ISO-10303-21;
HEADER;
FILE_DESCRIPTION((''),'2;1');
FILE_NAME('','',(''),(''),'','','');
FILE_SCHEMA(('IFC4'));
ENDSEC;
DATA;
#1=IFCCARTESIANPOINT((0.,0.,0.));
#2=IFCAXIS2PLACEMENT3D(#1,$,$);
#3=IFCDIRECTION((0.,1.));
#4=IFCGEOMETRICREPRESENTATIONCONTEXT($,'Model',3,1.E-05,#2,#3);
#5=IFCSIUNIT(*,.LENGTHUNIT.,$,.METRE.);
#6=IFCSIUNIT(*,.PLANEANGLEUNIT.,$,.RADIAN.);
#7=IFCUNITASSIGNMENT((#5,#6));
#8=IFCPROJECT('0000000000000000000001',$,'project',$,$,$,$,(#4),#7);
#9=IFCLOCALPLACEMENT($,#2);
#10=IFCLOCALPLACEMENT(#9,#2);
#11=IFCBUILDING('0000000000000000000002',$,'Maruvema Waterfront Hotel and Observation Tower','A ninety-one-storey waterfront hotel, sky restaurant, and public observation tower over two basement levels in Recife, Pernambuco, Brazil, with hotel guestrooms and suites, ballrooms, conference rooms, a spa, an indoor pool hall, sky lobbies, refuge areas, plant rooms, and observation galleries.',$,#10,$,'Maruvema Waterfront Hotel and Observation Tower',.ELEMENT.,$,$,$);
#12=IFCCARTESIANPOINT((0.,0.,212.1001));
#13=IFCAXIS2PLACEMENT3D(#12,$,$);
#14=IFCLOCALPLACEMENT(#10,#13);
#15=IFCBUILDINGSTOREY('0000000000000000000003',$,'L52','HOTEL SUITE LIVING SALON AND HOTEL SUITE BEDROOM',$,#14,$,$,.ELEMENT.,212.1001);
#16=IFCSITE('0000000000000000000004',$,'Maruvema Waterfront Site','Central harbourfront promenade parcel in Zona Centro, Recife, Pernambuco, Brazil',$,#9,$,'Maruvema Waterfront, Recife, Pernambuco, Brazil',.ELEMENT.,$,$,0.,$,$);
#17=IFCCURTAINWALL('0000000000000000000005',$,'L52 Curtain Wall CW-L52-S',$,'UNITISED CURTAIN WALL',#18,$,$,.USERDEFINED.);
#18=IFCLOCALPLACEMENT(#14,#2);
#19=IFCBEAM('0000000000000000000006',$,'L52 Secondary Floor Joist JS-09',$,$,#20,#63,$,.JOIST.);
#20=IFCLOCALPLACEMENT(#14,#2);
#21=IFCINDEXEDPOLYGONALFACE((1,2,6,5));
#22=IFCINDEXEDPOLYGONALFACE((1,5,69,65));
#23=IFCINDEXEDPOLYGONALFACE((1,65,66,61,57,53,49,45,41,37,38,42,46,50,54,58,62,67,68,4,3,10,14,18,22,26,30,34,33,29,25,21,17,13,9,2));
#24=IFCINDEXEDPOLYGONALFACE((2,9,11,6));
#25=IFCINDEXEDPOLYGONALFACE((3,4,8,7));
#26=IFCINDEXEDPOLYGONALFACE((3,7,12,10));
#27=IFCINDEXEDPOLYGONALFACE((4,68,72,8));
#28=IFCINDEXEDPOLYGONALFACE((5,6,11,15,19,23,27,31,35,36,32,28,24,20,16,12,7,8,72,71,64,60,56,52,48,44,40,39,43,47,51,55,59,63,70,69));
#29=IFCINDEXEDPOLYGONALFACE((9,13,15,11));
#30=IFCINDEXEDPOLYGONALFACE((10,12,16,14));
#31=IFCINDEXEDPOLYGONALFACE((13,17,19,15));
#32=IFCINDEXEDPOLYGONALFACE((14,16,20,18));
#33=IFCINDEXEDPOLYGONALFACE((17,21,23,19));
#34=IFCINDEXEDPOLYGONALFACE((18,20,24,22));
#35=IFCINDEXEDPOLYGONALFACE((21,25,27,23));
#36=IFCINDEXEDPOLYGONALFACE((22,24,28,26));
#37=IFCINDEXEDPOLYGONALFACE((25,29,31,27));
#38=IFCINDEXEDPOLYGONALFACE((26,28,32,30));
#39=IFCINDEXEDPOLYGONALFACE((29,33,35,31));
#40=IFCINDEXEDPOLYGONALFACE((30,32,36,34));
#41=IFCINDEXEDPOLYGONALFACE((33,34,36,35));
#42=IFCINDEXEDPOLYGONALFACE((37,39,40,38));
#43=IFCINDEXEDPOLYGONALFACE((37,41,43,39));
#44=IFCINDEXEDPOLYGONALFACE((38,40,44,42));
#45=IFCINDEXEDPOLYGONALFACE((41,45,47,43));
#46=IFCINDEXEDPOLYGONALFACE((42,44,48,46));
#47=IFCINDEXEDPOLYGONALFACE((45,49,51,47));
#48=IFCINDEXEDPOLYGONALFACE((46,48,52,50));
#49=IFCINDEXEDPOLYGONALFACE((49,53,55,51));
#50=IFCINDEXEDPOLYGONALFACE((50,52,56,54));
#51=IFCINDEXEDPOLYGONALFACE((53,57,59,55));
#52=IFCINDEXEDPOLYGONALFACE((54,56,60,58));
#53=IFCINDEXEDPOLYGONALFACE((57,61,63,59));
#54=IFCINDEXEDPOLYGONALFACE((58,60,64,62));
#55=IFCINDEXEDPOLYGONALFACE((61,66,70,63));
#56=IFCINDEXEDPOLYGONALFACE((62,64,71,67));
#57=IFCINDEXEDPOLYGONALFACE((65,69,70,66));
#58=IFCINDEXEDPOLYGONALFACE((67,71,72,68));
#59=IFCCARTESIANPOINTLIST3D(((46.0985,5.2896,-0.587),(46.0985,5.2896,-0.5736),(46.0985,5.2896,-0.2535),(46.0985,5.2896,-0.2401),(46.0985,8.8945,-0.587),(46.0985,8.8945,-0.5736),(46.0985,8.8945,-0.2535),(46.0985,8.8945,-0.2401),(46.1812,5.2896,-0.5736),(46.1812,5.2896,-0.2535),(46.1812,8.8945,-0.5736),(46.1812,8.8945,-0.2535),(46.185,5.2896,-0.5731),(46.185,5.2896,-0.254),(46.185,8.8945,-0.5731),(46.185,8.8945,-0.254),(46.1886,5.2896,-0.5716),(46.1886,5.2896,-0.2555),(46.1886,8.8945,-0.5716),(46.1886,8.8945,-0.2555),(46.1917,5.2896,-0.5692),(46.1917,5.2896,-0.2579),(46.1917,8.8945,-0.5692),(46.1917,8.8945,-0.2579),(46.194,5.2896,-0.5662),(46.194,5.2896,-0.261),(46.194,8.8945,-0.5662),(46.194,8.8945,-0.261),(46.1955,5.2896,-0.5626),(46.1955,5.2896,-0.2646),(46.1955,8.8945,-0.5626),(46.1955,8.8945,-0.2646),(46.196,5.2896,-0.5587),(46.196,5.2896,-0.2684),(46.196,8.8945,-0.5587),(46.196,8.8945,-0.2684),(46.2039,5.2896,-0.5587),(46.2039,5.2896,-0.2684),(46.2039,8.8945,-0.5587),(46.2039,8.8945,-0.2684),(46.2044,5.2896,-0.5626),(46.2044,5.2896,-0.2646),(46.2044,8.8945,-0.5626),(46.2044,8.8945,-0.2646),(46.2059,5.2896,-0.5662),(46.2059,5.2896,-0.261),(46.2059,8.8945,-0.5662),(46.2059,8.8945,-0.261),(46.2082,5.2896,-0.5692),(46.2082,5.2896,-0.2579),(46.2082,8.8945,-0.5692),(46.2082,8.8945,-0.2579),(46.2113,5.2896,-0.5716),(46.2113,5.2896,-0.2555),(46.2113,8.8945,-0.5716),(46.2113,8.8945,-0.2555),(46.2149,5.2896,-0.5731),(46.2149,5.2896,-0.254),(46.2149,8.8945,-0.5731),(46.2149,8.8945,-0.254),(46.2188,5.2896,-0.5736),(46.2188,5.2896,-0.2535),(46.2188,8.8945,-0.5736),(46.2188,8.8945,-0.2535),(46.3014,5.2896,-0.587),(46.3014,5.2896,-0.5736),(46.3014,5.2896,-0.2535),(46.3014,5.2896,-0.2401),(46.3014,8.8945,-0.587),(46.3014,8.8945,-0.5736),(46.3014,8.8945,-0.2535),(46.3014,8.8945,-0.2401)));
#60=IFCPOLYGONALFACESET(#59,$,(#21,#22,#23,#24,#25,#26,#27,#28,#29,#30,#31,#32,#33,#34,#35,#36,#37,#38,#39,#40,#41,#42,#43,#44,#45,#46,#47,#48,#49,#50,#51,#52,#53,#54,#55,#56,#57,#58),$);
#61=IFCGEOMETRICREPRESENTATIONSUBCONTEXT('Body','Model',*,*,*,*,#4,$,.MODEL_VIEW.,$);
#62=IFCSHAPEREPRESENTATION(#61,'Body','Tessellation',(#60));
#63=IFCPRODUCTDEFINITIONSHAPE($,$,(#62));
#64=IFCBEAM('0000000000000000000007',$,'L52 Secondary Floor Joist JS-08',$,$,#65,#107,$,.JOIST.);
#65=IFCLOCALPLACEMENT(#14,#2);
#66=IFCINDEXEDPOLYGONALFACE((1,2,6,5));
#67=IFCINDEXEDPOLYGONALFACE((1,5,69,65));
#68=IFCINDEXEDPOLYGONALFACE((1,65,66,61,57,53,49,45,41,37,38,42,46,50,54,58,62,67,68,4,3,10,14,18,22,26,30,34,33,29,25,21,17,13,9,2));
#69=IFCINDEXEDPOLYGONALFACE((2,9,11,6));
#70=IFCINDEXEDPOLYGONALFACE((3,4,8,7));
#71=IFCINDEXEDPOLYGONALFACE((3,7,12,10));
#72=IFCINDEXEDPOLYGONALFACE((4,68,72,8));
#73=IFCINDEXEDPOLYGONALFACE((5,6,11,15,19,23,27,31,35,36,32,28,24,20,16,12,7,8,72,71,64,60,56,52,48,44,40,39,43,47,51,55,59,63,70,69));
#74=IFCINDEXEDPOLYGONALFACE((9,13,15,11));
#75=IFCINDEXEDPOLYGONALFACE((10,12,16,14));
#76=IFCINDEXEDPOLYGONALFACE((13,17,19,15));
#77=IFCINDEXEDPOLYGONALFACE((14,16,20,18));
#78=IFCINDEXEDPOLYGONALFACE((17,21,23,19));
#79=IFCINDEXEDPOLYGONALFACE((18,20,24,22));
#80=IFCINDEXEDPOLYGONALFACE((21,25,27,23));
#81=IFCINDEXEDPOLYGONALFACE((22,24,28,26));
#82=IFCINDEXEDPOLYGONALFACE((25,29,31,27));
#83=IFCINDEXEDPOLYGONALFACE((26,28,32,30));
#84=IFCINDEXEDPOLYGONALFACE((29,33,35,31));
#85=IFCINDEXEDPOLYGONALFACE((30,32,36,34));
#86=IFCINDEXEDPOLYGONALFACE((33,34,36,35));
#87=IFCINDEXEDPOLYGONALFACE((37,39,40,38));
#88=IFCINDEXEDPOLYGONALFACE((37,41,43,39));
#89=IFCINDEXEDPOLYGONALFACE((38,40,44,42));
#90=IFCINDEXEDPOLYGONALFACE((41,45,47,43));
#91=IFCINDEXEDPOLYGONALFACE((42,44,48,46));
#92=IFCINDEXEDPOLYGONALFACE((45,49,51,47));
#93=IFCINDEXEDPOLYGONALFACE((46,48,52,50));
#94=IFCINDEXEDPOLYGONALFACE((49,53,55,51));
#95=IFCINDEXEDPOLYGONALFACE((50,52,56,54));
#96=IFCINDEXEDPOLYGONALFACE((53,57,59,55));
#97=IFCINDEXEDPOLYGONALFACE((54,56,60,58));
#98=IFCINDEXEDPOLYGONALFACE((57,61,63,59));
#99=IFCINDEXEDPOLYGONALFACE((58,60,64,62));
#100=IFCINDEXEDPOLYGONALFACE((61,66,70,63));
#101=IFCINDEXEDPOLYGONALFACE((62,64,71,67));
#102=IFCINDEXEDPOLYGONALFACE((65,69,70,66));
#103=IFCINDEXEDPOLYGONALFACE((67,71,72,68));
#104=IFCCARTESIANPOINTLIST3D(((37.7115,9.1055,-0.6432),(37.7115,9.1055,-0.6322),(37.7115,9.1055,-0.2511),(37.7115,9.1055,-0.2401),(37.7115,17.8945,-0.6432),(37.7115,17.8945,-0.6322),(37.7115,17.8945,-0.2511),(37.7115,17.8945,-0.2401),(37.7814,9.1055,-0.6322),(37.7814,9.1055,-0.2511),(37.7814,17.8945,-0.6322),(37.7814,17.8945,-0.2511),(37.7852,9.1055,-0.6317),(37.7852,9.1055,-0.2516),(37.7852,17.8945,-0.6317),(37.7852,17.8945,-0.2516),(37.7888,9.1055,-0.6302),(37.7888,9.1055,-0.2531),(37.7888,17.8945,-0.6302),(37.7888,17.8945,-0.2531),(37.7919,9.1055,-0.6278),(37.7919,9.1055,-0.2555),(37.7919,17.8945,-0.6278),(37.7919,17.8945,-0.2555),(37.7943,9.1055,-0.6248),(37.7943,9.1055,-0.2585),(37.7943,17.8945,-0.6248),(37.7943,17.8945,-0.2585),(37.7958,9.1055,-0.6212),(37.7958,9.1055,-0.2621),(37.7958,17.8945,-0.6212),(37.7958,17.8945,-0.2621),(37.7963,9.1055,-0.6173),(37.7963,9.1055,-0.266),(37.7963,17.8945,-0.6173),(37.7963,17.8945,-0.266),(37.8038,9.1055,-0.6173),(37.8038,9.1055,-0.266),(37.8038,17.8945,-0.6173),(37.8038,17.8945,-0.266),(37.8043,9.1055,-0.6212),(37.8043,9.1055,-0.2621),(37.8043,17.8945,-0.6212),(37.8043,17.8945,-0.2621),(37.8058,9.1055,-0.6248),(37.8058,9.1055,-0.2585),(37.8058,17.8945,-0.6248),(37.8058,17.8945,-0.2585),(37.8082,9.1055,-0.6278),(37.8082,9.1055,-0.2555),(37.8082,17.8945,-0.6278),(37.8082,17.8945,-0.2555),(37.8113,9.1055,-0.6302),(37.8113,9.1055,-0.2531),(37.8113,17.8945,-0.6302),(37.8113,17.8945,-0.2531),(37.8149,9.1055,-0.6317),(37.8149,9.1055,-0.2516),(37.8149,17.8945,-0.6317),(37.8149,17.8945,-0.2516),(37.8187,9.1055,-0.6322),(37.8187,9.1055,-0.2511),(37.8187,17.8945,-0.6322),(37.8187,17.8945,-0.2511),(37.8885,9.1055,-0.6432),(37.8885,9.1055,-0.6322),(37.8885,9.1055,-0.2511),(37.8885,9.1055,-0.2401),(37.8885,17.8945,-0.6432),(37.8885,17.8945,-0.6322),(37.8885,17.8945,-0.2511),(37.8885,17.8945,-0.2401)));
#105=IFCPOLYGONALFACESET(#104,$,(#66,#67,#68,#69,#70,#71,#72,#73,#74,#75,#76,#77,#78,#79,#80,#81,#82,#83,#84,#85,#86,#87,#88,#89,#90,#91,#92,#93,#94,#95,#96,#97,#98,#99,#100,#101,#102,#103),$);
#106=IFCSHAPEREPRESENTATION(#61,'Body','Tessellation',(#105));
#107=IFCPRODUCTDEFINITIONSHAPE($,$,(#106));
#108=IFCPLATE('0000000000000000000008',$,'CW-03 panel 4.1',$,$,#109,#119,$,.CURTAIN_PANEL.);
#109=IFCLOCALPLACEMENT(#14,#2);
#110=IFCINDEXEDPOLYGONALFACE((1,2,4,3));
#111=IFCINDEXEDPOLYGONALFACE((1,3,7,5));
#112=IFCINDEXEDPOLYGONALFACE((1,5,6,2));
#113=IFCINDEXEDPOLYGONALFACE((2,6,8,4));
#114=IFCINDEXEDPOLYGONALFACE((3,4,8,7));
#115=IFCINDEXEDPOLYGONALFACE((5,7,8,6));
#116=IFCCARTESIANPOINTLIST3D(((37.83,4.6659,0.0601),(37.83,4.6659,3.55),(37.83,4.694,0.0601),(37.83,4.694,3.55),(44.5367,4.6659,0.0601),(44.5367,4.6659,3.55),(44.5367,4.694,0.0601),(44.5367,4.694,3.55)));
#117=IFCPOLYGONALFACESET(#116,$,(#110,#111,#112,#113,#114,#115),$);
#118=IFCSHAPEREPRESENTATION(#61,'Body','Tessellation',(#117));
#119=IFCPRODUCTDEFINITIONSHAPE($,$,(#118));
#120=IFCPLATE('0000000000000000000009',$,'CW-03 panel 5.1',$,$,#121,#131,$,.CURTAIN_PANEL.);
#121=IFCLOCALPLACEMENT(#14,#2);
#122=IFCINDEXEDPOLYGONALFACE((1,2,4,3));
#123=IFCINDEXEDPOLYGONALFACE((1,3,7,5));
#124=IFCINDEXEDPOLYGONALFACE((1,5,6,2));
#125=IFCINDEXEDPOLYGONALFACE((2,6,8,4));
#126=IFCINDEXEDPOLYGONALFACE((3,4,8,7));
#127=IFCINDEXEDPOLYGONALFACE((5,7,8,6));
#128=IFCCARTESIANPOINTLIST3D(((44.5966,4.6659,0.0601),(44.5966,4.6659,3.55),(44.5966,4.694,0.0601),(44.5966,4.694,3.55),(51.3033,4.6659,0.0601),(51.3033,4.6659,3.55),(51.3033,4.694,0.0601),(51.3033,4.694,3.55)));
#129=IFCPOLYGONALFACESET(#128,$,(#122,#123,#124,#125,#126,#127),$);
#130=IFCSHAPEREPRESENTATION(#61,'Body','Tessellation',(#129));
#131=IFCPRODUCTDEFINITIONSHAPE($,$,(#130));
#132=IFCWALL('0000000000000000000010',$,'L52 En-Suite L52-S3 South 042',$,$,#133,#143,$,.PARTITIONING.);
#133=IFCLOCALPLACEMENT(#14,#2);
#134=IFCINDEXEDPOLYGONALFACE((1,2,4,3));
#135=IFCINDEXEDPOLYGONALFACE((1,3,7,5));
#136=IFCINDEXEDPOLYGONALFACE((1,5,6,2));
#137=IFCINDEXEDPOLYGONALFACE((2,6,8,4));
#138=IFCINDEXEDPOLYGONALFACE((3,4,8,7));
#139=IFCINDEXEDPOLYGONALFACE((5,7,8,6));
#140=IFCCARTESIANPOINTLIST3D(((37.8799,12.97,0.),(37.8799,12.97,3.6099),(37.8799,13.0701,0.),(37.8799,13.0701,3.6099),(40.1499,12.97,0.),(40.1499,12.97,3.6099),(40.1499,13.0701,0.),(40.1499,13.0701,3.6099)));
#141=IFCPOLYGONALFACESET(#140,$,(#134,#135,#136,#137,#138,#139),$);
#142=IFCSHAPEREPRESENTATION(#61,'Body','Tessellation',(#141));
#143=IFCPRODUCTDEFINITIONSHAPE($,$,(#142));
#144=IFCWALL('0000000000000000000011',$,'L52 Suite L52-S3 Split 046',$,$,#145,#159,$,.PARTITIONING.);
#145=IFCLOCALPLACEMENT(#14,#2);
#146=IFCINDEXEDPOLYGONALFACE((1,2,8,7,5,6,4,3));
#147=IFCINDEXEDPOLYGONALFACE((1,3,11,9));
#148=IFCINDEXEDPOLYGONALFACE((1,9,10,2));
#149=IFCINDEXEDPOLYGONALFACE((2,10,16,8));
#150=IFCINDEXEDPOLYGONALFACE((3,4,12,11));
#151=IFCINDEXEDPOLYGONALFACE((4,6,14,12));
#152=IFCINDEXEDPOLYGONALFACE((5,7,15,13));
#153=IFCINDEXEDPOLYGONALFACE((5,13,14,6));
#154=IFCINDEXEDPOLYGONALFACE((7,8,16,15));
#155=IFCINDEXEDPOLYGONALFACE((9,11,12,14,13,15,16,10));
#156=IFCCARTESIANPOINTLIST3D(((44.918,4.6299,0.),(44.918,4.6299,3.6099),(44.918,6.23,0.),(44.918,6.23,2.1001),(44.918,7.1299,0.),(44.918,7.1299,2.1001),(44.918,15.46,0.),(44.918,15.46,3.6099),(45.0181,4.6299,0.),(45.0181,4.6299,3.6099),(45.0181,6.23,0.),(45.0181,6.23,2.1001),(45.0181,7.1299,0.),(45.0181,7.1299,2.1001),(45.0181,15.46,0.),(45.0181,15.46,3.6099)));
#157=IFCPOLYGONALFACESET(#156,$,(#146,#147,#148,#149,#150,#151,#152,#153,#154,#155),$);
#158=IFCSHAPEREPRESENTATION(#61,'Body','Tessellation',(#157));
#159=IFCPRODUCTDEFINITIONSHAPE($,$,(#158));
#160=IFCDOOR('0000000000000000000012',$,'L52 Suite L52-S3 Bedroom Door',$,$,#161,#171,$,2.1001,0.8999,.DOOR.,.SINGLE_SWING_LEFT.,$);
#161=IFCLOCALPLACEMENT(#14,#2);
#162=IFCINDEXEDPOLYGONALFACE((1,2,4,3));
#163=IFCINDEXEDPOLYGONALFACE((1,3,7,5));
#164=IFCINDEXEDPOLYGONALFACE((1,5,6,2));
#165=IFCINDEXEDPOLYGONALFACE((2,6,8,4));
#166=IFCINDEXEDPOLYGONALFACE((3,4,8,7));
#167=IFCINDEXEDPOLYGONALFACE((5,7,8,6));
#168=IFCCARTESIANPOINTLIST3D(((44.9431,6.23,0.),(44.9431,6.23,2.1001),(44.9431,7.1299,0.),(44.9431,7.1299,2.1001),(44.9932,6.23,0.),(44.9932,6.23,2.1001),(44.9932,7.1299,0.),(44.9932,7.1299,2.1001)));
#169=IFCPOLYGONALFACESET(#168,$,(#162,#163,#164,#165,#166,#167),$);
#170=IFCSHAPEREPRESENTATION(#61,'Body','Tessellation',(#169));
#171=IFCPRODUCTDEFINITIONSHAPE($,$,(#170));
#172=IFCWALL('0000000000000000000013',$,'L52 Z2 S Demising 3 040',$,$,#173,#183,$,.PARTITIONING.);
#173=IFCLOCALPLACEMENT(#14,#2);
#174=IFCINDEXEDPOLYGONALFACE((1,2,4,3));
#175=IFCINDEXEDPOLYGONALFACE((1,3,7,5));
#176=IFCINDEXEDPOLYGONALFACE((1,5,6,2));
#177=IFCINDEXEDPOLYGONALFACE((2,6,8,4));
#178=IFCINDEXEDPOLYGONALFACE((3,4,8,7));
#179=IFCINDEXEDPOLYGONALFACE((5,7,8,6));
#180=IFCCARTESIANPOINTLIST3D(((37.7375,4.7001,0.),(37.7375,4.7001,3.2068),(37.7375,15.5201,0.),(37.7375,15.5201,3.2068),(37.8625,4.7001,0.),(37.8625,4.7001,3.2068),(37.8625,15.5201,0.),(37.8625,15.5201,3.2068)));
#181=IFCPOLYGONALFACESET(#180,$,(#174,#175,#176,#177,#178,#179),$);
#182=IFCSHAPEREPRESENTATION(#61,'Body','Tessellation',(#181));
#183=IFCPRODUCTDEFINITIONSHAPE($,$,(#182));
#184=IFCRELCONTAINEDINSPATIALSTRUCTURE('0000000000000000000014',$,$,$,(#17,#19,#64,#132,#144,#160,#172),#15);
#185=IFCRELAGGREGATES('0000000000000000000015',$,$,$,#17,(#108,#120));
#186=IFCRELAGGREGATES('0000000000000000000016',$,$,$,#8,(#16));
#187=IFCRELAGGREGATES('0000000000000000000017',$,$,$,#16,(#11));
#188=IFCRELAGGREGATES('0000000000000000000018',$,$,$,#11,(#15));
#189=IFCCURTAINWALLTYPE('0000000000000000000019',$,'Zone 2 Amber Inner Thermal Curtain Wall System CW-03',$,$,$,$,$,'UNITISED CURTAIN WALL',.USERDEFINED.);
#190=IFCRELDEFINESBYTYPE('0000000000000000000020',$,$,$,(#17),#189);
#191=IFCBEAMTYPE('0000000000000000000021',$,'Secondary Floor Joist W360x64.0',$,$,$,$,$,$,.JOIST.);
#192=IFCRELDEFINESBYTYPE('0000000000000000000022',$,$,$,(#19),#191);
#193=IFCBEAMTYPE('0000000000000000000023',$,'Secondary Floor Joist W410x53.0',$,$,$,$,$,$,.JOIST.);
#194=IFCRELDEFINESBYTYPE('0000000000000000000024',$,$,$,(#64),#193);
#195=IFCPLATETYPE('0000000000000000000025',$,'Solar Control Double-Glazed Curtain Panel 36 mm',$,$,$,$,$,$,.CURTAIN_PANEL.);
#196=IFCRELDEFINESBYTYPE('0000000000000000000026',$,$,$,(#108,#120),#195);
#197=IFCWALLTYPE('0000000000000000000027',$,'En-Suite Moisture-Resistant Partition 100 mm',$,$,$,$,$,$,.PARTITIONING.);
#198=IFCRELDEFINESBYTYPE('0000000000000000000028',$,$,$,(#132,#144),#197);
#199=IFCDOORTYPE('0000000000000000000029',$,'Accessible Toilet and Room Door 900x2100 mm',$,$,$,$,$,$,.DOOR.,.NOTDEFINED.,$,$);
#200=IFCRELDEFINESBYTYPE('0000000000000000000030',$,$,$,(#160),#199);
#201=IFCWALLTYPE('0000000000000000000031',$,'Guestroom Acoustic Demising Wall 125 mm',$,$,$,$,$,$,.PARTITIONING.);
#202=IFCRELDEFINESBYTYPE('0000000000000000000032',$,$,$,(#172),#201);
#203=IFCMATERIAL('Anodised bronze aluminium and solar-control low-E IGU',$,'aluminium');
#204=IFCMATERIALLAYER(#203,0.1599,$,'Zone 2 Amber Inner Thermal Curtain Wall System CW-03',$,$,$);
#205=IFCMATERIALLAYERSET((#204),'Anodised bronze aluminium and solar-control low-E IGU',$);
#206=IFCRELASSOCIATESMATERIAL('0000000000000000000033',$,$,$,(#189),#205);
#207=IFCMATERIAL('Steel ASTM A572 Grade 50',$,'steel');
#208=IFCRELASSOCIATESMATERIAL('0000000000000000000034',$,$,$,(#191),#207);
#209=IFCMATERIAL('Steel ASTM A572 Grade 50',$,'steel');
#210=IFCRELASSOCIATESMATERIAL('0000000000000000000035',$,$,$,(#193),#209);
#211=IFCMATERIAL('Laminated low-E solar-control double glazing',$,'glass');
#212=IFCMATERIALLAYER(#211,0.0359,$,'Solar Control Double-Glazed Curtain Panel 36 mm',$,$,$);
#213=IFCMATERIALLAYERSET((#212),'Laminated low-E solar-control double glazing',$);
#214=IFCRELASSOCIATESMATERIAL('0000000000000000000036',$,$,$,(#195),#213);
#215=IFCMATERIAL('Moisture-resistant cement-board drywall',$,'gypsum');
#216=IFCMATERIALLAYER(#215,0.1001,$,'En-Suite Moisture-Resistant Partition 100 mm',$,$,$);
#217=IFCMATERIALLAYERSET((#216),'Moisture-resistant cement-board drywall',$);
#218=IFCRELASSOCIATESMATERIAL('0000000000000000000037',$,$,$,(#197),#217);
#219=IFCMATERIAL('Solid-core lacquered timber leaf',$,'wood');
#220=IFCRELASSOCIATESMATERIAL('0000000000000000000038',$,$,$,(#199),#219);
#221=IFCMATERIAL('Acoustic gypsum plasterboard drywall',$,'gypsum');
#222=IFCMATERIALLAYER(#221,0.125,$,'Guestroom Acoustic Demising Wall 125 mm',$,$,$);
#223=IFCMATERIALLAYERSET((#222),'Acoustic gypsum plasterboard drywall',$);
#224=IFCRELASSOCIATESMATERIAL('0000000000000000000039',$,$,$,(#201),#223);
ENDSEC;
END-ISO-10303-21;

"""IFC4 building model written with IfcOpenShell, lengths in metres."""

from ifc_helpers import new_model, si_unit, direction, frame, frame_2d, origin, origin_2d, place, context, subcontext, project, spatial, rectangle, i_section, extrude, material, layer, layer_set, material_profile, profile_set, type_object, element, fill, aggregate, save


model = new_model("IFC4")

# Units and contexts
model_context = context("Model", 3, precision=1e-05, world=origin(), true_north=direction((0.0, 1.0)))
body_context = subcontext(model_context, "Body", "Model", "MODEL_VIEW")
ifc_project = project(units=[si_unit("LENGTHUNIT", "METRE"), si_unit("PLANEANGLEUNIT", "RADIAN")], contexts=[model_context])

# Site, building, storey
site_placement = place(None, origin())
site = spatial("IfcSite", under=ifc_project, at=site_placement, Name="Maruvema Waterfront Site", Description="Central harbourfront promenade parcel in Zona Centro, Recife, Pernambuco, Brazil", LongName="Maruvema Waterfront, Recife, Pernambuco, Brazil", CompositionType="ELEMENT", RefElevation=0.0)
building_placement = place(site_placement, origin())
building = spatial("IfcBuilding", under=site, at=building_placement, Name="Maruvema Waterfront Hotel and Observation Tower", Description="A ninety-one-storey waterfront hotel, sky restaurant, and public observation tower over two basement levels in Recife, Pernambuco, Brazil, with hotel guestrooms and suites, ballrooms, conference rooms, a spa, an indoor pool hall, sky lobbies, refuge areas, plant rooms, and observation galleries.", LongName="Maruvema Waterfront Hotel and Observation Tower", CompositionType="ELEMENT")
storey_placement = place(building_placement, frame((0.0, 0.0, 212.1001)))
storey = spatial("IfcBuildingStorey", under=building, at=storey_placement, Name="L52", Description="HOTEL SUITE LIVING SALON AND HOTEL SUITE BEDROOM", CompositionType="ELEMENT", Elevation=212.1001)

# Curtain wall
ifc_material_1 = material(Name="Anodised bronze aluminium and solar-control low-E IGU", Category="aluminium")
ifc_layer_1 = layer(ifc_material_1, 0.1599, Name="Zone 2 Amber Inner Thermal Curtain Wall System CW-03")
ifc_layer_set_1 = layer_set([ifc_layer_1], Name="Anodised bronze aluminium and solar-control low-E IGU")
curtain_wall_type = type_object("IfcCurtainWallType", Name="Zone 2 Amber Inner Thermal Curtain Wall System CW-03", ElementType="UNITISED CURTAIN WALL", PredefinedType="USERDEFINED", material=ifc_layer_set_1)
curtain_wall_placement = place(storey_placement, origin())
curtain_wall = element("IfcCurtainWall", 1, at=curtain_wall_placement, inside=storey, type_object=curtain_wall_type, Name="L52 Curtain Wall CW-L52-S", ObjectType="UNITISED CURTAIN WALL", PredefinedType="USERDEFINED")

# Beams
ifc_material_2 = material(Name="Steel ASTM A572 Grade 50", Category="steel")
ifc_material_profile_1 = material_profile(ifc_material_2, i_section(OverallWidth=0.2029, OverallDepth=0.3469, WebThickness=0.0078, FlangeThickness=0.0134, FilletRadius=0.0149, at=origin_2d()), Name="W360x64.0")
ifc_profile_set_1 = profile_set([ifc_material_profile_1], Name="Steel ASTM A572 Grade 50")
beam_type_1 = type_object("IfcBeamType", Name="Secondary Floor Joist W360x64.0", PredefinedType="JOIST", material=ifc_profile_set_1)
beam_1_placement = place(storey_placement, frame((46.2, 5.2896, -0.4136), z_axis=(0.0, 1.0, 0.0), x_axis=(-1.0, 0.0, 0.0)))
element("IfcBeam", 2, at=beam_1_placement, inside=storey, type_object=beam_type_1, Name="L52 Secondary Floor Joist JS-09", PredefinedType="JOIST", context=body_context, shape_type="SweptSolid", body=[
    extrude(i_section(OverallWidth=0.2029, OverallDepth=0.3469, WebThickness=0.0078, FlangeThickness=0.0134, FilletRadius=0.0149, at=origin_2d()), origin(), (0.0, 0.0, 1.0), 3.605),
])
ifc_material_3 = material(Name="Steel ASTM A572 Grade 50", Category="steel")
ifc_material_profile_2 = material_profile(ifc_material_3, i_section(OverallWidth=0.177, OverallDepth=0.4031, WebThickness=0.0076, FlangeThickness=0.011, FilletRadius=0.0149, at=origin_2d()), Name="W410x53.0")
ifc_profile_set_2 = profile_set([ifc_material_profile_2], Name="Steel ASTM A572 Grade 50")
beam_type_2 = type_object("IfcBeamType", Name="Secondary Floor Joist W410x53.0", PredefinedType="JOIST", material=ifc_profile_set_2)
beam_2_placement = place(storey_placement, frame((37.8, 9.1055, -0.4417), z_axis=(0.0, 1.0, 0.0), x_axis=(-1.0, 0.0, 0.0)))
element("IfcBeam", 3, at=beam_2_placement, inside=storey, type_object=beam_type_2, Name="L52 Secondary Floor Joist JS-08", PredefinedType="JOIST", context=body_context, shape_type="SweptSolid", body=[
    extrude(i_section(OverallWidth=0.177, OverallDepth=0.4031, WebThickness=0.0076, FlangeThickness=0.011, FilletRadius=0.0149, at=origin_2d()), origin(), (0.0, 0.0, 1.0), 8.7891),
])

# Plates
ifc_material_4 = material(Name="Laminated low-E solar-control double glazing", Category="glass")
ifc_layer_2 = layer(ifc_material_4, 0.0359, Name="Solar Control Double-Glazed Curtain Panel 36 mm")
ifc_layer_set_2 = layer_set([ifc_layer_2], Name="Laminated low-E solar-control double glazing")
plate_type = type_object("IfcPlateType", Name="Solar Control Double-Glazed Curtain Panel 36 mm", PredefinedType="CURTAIN_PANEL", material=ifc_layer_set_2)
plate_1_placement = place(storey_placement, frame((41.1833, 4.6799, 0.0601), z_axis=(0.0, 0.0, 1.0), x_axis=(1.0, 0.0, 0.0)))
plate_1 = element("IfcPlate", 4, at=plate_1_placement, type_object=plate_type, Name="CW-03 panel 4.1", PredefinedType="CURTAIN_PANEL", context=body_context, shape_type="SweptSolid", body=[
    extrude(rectangle(XDim=6.7068, YDim=0.0281, at=origin_2d()), origin(), (0.0, 0.0, 1.0), 3.49),
])
plate_2_placement = place(storey_placement, frame((47.95, 4.6799, 0.0601), z_axis=(0.0, 0.0, 1.0), x_axis=(1.0, 0.0, 0.0)))
plate_2 = element("IfcPlate", 5, at=plate_2_placement, type_object=plate_type, Name="CW-03 panel 5.1", PredefinedType="CURTAIN_PANEL", context=body_context, shape_type="SweptSolid", body=[
    extrude(rectangle(XDim=6.7068, YDim=0.0281, at=origin_2d()), origin(), (0.0, 0.0, 1.0), 3.49),
])
aggregate(curtain_wall, [plate_1, plate_2])

# Wall
ifc_material_5 = material(Name="Moisture-resistant cement-board drywall", Category="gypsum")
ifc_layer_3 = layer(ifc_material_5, 0.1001, Name="En-Suite Moisture-Resistant Partition 100 mm")
ifc_layer_set_3 = layer_set([ifc_layer_3], Name="Moisture-resistant cement-board drywall")
wall_type_1 = type_object("IfcWallType", Name="En-Suite Moisture-Resistant Partition 100 mm", PredefinedType="PARTITIONING", material=ifc_layer_set_3)
wall_1_placement = place(storey_placement, frame((37.8799, 13.02, 0.0), z_axis=(0.0, 0.0, 1.0), x_axis=(1.0, 0.0, 0.0)))
element("IfcWall", 6, at=wall_1_placement, inside=storey, type_object=wall_type_1, Name="L52 En-Suite L52-S3 South 042", PredefinedType="PARTITIONING", context=body_context, shape_type="SweptSolid", body=[
    extrude(rectangle(XDim=2.27, YDim=0.1001, at=frame_2d((1.135, 0.0))), origin(), (0.0, 0.0, 1.0), 3.6099),
])

# Wall, opening, door
wall_2_placement = place(storey_placement, frame((44.968, 4.6299, 0.0), z_axis=(0.0, 0.0, 1.0), x_axis=(0.0, 1.0, 0.0)))
wall_2 = element("IfcWall", 7, at=wall_2_placement, inside=storey, type_object=wall_type_1, Name="L52 Suite L52-S3 Split 046", PredefinedType="PARTITIONING", context=body_context, shape_type="SweptSolid", body=[
    extrude(rectangle(XDim=10.8301, YDim=0.1001, at=frame_2d((5.415, 0.0))), origin(), (0.0, 0.0, 1.0), 3.6099),
])
opening_placement = place(wall_2_placement, frame((1.6001, 0.0, 0.0)))
opening = element("IfcOpeningElement", 8, at=opening_placement, cuts=wall_2, PredefinedType="OPENING", context=body_context, shape_type="SweptSolid", body=[
    extrude(rectangle(XDim=0.8999, YDim=2.1001, at=frame_2d((0.45, 1.05))), frame((0.0, 0.0601, 0.0), z_axis=(0.0, -1.0, 0.0), x_axis=(1.0, 0.0, 0.0)), (0.0, 0.0, 1.0), 0.1201),
])
ifc_material_6 = material(Name="Solid-core lacquered timber leaf", Category="wood")
door_type = type_object("IfcDoorType", Name="Accessible Toilet and Room Door 900x2100 mm", OperationType="NOTDEFINED", PredefinedType="DOOR", material=ifc_material_6)
door_placement = place(opening_placement, origin())
door = element("IfcDoor", 9, at=door_placement, inside=storey, type_object=door_type, Name="L52 Suite L52-S3 Bedroom Door", OperationType="SINGLE_SWING_LEFT", OverallHeight=2.1001, OverallWidth=0.8999, PredefinedType="DOOR", context=body_context, shape_type="SweptSolid", body=[
    extrude(rectangle(XDim=0.8999, YDim=2.1001, at=frame_2d((0.45, 1.05))), frame((0.0, 0.0249, 0.0), z_axis=(0.0, -1.0, 0.0), x_axis=(1.0, 0.0, 0.0)), (0.0, 0.0, 1.0), 0.05),
])
fill(opening, door)

# Wall
ifc_material_7 = material(Name="Acoustic gypsum plasterboard drywall", Category="gypsum")
ifc_layer_4 = layer(ifc_material_7, 0.125, Name="Guestroom Acoustic Demising Wall 125 mm")
ifc_layer_set_4 = layer_set([ifc_layer_4], Name="Acoustic gypsum plasterboard drywall")
wall_type_2 = type_object("IfcWallType", Name="Guestroom Acoustic Demising Wall 125 mm", PredefinedType="PARTITIONING", material=ifc_layer_set_4)
wall_3_placement = place(storey_placement, frame((37.8, 4.7, 0.0), z_axis=(0.0, 0.0, 1.0), x_axis=(0.0, 1.0, 0.0)))
element("IfcWall", 10, at=wall_3_placement, inside=storey, type_object=wall_type_2, Name="L52 Z2 S Demising 3 040", PredefinedType="PARTITIONING", context=body_context, shape_type="SweptSolid", body=[
    extrude(rectangle(XDim=10.8201, YDim=0.125, at=frame_2d((5.4102, 0.0))), origin(), (0.0, 0.0, 1.0), 3.2068),
])

save(model, "model.ifc")
